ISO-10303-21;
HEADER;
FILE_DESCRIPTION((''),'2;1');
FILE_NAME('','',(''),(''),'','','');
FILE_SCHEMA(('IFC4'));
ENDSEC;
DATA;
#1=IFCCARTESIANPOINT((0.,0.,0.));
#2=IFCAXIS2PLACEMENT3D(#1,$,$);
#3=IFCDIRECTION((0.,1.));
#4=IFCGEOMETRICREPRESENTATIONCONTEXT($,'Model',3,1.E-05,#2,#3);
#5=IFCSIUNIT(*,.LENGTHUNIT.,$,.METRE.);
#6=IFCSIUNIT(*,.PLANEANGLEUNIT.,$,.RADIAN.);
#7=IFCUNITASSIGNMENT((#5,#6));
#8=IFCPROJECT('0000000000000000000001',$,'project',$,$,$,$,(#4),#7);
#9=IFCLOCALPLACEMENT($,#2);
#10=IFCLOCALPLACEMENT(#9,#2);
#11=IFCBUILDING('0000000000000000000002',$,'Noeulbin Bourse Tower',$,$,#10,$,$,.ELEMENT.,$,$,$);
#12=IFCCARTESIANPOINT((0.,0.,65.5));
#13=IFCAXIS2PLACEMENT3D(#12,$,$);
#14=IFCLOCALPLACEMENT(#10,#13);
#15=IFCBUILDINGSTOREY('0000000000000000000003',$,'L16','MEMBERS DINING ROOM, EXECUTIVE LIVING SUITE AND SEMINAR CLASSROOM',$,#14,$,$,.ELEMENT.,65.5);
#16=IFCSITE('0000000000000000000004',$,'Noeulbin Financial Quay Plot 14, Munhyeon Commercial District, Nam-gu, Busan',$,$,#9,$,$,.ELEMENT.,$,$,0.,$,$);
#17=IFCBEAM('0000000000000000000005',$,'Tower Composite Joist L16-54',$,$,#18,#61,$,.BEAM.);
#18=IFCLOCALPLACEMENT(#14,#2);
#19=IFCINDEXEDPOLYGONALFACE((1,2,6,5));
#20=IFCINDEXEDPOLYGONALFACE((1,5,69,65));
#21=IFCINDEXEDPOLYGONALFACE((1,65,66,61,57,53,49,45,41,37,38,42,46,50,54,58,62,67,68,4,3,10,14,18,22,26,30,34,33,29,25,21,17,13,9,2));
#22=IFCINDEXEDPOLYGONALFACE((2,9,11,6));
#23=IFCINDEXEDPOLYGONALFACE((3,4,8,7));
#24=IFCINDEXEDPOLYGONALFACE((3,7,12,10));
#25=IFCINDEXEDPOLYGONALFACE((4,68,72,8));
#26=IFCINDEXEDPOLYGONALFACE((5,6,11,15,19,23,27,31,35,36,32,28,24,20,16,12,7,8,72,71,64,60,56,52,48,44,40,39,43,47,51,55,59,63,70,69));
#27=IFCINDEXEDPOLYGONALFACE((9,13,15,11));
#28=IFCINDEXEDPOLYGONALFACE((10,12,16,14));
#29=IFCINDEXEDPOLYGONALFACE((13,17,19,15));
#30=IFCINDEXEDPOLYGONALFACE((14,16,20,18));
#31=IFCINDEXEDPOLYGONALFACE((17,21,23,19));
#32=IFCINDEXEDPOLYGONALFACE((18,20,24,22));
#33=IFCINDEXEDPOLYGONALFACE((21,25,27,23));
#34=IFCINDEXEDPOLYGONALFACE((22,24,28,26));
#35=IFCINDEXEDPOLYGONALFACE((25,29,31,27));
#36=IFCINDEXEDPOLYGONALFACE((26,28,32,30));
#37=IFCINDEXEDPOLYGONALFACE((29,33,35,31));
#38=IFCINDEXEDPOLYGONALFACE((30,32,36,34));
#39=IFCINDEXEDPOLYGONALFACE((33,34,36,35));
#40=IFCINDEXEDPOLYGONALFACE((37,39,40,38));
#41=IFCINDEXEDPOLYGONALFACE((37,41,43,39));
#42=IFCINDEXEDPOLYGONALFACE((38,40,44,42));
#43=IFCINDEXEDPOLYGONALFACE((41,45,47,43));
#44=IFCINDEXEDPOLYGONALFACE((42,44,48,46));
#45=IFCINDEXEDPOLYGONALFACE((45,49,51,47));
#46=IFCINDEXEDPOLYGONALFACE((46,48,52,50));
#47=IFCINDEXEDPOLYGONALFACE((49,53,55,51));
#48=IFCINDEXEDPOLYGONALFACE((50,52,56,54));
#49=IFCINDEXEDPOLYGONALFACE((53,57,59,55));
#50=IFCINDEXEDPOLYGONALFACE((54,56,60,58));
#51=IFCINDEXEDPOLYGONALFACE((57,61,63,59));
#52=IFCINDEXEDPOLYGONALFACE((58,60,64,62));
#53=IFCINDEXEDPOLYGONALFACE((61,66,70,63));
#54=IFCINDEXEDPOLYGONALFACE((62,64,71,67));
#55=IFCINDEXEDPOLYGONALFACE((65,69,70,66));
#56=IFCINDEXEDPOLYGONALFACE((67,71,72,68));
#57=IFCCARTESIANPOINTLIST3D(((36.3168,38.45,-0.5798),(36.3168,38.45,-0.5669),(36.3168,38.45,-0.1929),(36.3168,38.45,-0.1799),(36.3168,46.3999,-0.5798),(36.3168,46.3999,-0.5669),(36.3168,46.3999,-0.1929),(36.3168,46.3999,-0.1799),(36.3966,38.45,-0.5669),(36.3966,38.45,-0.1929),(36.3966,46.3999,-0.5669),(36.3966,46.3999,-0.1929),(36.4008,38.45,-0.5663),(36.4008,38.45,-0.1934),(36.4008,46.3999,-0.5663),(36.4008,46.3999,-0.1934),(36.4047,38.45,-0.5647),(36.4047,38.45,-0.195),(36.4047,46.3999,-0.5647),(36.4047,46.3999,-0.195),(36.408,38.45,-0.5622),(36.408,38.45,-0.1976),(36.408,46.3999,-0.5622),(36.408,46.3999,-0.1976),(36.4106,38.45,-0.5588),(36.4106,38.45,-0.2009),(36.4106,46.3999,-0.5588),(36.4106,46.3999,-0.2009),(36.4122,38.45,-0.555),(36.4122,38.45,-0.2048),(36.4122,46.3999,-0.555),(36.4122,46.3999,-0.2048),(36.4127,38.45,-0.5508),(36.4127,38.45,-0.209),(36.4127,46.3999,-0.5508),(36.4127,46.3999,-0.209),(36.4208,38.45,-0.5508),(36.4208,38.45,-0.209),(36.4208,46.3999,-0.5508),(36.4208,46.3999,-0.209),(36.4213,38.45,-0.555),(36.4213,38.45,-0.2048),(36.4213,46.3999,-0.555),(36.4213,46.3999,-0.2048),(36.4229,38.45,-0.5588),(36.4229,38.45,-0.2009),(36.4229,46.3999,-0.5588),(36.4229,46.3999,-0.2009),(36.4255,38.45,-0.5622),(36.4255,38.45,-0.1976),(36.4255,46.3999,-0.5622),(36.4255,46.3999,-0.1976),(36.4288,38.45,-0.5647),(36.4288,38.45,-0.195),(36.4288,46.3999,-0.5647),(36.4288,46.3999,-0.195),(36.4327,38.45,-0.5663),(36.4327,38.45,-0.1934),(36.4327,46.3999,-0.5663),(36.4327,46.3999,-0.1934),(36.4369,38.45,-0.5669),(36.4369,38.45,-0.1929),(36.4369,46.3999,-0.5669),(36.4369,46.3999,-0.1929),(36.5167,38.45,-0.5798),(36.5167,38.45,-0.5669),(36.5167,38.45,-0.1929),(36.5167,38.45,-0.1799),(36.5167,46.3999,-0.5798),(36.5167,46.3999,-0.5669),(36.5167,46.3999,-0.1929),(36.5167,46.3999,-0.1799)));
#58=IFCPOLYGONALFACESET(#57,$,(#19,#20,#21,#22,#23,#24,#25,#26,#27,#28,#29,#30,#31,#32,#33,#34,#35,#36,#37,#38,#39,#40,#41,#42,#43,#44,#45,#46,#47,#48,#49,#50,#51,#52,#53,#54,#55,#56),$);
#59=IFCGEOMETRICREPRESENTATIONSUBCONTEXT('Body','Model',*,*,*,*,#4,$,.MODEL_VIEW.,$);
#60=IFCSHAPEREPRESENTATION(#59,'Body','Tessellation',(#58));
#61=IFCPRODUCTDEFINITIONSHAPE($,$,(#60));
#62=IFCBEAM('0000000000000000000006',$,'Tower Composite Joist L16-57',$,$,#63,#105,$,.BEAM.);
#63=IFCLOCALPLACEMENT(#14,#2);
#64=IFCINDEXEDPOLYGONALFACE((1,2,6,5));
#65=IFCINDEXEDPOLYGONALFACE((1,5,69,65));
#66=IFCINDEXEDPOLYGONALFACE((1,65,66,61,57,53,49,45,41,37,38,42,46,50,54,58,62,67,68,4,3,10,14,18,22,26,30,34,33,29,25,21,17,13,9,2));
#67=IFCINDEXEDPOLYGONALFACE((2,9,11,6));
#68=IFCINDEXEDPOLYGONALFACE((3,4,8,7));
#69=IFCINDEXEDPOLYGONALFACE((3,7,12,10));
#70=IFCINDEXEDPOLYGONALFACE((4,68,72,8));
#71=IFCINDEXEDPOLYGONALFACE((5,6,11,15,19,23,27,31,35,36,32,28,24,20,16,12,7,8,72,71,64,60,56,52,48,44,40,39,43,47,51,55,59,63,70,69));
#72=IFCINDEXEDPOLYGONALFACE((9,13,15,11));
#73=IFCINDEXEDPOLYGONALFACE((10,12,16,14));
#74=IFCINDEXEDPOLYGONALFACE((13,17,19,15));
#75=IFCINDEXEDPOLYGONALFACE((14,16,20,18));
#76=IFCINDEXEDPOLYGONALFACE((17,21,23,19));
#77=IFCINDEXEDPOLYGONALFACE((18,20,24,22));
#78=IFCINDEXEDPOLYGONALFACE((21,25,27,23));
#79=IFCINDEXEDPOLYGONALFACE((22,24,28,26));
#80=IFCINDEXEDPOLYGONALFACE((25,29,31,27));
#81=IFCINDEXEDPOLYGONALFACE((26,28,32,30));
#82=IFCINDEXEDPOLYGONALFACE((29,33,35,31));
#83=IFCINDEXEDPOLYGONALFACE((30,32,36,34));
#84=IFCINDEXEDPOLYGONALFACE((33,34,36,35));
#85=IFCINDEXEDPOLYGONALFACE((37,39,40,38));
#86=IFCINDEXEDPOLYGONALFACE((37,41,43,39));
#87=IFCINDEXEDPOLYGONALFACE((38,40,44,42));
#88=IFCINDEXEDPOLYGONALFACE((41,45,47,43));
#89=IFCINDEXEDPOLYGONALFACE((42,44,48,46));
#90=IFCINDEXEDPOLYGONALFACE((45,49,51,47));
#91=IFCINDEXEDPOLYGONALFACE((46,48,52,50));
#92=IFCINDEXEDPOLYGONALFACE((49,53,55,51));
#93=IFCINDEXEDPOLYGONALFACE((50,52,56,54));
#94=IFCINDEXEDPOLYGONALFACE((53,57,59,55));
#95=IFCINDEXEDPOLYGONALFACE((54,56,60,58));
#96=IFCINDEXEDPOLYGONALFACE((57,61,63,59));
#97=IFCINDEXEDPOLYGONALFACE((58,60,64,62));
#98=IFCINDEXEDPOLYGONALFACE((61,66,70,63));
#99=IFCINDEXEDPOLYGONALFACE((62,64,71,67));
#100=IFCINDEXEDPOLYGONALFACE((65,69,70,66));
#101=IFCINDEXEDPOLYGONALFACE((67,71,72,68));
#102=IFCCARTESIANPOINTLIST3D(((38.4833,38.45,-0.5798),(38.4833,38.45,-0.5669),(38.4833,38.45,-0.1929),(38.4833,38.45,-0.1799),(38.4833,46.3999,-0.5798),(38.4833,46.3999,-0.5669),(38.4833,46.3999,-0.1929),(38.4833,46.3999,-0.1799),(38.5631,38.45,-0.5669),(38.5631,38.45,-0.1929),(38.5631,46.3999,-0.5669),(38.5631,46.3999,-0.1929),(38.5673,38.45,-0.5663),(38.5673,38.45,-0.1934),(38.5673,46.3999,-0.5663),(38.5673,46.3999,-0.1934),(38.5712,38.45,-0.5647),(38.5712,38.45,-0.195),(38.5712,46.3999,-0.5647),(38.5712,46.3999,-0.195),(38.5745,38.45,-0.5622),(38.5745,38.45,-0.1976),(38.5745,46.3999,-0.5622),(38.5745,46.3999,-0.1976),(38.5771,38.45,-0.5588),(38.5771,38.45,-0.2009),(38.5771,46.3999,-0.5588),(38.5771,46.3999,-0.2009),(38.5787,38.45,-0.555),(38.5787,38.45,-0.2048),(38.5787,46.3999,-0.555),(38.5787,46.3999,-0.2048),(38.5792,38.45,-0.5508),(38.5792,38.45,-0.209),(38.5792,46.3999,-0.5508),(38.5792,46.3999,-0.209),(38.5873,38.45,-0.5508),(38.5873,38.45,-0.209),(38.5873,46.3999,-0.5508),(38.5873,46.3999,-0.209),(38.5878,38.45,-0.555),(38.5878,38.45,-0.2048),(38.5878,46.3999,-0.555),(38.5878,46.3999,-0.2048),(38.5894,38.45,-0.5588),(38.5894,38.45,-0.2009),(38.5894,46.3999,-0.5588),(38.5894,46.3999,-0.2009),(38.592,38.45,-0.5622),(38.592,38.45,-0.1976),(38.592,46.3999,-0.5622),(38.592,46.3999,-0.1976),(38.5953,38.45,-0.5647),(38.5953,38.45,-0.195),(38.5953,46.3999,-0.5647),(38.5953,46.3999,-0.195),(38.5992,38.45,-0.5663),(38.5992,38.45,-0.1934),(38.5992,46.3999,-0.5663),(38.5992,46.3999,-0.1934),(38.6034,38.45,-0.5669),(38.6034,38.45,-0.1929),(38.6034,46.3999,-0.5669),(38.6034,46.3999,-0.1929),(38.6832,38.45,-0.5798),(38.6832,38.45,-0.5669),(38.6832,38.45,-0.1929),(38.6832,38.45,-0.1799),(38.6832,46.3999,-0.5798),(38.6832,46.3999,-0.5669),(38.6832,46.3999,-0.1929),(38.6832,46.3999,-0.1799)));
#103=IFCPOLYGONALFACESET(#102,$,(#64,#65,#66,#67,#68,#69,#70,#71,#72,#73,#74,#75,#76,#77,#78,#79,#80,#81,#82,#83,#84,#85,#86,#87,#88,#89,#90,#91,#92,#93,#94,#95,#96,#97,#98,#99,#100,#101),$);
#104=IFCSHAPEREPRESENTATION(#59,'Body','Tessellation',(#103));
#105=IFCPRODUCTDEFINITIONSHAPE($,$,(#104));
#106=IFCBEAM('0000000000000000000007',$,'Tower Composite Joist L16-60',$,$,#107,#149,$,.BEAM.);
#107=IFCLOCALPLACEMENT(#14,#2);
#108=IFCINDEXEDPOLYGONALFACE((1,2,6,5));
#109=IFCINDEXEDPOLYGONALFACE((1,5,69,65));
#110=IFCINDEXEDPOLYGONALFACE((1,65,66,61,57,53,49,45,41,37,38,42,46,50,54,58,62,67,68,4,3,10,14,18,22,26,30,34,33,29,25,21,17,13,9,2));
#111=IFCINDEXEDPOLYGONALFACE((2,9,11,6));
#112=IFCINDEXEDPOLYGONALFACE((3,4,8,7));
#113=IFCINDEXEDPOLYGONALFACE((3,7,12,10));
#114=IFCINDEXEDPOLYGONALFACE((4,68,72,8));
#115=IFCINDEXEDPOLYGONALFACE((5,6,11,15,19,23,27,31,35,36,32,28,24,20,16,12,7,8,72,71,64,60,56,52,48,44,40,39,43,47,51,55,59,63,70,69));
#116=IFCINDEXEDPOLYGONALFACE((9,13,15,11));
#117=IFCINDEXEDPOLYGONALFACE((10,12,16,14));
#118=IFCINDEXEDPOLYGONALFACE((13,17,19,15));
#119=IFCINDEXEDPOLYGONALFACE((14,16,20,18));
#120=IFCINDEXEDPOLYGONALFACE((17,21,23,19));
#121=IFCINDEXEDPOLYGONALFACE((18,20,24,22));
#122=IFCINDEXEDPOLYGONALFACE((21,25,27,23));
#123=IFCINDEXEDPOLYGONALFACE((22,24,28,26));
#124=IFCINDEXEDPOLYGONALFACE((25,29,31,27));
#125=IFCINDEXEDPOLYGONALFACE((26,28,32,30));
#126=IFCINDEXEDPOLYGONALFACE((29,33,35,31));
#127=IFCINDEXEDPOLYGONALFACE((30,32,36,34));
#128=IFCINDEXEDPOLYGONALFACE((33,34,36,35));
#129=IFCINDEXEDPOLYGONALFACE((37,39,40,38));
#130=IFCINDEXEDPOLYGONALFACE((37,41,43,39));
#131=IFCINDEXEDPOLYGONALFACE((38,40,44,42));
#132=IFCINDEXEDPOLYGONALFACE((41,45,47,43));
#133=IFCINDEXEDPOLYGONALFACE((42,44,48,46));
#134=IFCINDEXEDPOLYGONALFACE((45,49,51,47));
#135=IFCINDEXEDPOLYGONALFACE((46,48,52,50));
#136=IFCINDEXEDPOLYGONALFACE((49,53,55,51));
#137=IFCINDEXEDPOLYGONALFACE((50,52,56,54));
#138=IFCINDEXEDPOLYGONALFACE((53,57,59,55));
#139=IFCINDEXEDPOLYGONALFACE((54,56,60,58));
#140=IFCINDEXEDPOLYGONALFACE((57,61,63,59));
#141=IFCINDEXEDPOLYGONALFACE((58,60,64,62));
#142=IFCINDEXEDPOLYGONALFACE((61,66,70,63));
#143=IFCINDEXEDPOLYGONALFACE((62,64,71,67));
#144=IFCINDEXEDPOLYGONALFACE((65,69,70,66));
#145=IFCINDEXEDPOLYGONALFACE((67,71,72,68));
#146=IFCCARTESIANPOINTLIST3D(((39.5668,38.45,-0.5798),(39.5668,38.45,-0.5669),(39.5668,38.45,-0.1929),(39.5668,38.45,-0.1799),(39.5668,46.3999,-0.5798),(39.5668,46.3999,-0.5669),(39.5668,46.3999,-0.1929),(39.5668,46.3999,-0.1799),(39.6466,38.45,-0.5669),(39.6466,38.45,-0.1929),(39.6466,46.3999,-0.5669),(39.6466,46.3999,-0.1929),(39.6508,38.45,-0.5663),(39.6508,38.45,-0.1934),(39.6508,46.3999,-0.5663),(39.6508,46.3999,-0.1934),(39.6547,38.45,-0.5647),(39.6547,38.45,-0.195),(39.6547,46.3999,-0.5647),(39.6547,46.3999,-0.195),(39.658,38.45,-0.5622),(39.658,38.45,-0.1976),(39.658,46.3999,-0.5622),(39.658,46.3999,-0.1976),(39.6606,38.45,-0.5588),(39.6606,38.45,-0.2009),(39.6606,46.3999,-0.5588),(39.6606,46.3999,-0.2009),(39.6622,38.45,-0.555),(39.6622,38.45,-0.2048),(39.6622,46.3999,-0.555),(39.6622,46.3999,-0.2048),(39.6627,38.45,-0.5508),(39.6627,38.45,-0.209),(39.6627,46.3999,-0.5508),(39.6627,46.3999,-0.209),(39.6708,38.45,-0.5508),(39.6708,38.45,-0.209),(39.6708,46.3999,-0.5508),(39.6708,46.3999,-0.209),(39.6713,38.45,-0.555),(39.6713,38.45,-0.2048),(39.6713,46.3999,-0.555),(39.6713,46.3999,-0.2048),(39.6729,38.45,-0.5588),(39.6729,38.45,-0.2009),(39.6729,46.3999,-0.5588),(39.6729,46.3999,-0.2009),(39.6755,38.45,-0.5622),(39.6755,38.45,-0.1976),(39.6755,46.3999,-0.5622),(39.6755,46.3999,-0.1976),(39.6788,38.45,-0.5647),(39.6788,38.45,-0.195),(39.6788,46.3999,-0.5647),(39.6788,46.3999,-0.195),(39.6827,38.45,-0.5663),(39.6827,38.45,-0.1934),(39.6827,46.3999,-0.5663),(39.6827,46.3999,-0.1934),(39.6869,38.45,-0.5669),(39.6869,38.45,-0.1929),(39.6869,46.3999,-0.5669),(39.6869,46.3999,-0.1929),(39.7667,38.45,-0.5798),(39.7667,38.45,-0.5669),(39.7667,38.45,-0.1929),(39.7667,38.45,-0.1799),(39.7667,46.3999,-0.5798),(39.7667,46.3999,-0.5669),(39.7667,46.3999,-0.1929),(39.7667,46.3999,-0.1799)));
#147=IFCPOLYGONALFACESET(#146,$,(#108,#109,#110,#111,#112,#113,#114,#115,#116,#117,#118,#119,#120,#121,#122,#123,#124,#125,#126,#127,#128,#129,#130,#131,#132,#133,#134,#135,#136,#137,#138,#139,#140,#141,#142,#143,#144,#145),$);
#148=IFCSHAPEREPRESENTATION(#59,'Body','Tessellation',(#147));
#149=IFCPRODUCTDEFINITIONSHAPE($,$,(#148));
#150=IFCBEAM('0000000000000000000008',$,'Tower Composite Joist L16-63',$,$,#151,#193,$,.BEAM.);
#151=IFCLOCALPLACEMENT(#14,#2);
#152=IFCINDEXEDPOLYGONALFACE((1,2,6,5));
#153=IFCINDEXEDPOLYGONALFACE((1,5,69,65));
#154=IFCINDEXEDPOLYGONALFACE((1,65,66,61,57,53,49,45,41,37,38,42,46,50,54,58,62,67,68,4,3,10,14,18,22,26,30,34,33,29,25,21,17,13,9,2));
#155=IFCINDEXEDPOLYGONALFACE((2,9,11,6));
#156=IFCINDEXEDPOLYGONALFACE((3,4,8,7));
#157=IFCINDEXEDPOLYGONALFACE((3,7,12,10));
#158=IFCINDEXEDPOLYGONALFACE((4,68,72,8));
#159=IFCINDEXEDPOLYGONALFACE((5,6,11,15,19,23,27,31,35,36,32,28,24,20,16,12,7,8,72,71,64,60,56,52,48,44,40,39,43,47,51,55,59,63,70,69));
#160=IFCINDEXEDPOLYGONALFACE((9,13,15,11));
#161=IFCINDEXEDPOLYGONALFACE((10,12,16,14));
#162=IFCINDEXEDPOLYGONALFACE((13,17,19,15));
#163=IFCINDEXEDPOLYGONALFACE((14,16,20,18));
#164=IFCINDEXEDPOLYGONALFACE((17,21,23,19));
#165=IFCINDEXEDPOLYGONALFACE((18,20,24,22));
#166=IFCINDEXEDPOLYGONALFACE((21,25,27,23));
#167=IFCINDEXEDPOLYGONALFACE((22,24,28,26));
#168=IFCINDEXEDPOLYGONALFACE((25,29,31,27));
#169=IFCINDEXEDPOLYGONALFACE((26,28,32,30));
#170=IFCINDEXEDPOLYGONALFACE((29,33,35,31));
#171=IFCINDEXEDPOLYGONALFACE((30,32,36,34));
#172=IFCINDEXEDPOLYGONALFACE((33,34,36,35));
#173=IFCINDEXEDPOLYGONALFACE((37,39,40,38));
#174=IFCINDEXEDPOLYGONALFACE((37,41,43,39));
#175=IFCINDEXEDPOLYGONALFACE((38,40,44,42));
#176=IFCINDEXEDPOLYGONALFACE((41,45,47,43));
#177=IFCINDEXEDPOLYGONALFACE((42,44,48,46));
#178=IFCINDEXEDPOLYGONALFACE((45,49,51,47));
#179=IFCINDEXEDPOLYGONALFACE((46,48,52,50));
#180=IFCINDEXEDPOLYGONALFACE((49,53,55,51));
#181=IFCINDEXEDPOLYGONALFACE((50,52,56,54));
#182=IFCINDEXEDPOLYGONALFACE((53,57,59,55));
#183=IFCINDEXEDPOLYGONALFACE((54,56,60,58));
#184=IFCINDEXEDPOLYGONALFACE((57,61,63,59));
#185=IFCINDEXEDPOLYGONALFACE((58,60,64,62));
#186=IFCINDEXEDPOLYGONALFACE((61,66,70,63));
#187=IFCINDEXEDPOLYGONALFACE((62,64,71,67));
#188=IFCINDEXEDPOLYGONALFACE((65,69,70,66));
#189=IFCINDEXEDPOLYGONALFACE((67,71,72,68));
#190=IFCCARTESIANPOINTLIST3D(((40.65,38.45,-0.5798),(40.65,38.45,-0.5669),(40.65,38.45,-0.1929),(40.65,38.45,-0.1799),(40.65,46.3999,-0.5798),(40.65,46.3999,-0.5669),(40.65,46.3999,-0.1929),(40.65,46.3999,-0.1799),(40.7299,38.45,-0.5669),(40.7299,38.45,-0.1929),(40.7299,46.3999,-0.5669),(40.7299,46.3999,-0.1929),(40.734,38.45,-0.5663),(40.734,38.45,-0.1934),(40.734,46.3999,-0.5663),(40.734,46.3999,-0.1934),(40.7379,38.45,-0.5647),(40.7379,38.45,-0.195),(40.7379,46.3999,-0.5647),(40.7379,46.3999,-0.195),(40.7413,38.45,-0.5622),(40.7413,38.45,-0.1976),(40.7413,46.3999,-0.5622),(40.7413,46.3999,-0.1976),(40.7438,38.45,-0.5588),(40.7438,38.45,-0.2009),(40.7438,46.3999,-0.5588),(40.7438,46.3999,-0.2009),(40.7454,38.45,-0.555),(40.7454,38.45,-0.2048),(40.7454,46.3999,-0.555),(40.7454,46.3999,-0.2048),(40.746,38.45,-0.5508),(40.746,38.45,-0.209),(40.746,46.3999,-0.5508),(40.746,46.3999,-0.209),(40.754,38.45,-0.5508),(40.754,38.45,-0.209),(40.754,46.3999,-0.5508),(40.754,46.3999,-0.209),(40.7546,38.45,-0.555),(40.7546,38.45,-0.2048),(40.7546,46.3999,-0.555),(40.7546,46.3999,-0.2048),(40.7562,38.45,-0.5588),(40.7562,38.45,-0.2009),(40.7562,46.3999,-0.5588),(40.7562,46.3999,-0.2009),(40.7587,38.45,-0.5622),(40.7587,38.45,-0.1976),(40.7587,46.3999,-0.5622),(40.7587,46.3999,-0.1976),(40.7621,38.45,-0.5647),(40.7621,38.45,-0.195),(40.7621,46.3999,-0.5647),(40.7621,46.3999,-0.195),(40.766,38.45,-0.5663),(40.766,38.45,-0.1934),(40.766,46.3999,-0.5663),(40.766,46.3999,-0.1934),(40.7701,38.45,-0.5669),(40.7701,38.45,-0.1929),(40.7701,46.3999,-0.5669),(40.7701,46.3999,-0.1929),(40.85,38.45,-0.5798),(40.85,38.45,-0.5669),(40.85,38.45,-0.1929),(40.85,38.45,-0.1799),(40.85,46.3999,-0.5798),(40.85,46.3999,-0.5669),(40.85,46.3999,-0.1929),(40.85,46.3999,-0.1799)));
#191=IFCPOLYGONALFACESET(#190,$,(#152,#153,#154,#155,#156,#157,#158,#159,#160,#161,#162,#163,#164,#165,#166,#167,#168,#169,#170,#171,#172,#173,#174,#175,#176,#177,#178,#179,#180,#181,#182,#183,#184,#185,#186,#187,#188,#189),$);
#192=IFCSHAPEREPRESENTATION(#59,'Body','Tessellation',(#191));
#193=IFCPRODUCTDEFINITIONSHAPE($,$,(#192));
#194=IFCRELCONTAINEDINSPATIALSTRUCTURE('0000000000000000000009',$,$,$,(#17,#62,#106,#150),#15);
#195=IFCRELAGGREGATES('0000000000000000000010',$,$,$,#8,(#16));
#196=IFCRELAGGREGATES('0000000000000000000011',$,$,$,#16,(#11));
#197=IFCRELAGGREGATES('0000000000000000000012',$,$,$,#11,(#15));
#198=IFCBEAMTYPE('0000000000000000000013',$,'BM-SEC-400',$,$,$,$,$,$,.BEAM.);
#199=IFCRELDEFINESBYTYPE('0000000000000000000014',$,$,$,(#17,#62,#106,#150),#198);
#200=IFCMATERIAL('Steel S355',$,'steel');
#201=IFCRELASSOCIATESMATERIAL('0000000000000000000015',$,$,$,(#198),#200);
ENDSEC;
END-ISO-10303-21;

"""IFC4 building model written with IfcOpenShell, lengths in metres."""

from ifc_helpers import new_model, si_unit, direction, frame, origin, origin_2d, place, context, subcontext, project, spatial, i_section, extrude, material, material_profile, profile_set, type_object, element, save


model = new_model("IFC4")

# Units and contexts
model_context = context("Model", 3, precision=1e-05, world=origin(), true_north=direction((0.0, 1.0)))
body_context = subcontext(model_context, "Body", "Model", "MODEL_VIEW")
ifc_project = project(units=[si_unit("LENGTHUNIT", "METRE"), si_unit("PLANEANGLEUNIT", "RADIAN")], contexts=[model_context])

# Site, building, storey
site_placement = place(None, origin())
site = spatial("IfcSite", under=ifc_project, at=site_placement, Name="Noeulbin Financial Quay Plot 14, Munhyeon Commercial District, Nam-gu, Busan", CompositionType="ELEMENT", RefElevation=0.0)
building_placement = place(site_placement, origin())
building = spatial("IfcBuilding", under=site, at=building_placement, Name="Noeulbin Bourse Tower", CompositionType="ELEMENT")
storey_placement = place(building_placement, frame((0.0, 0.0, 65.5)))
storey = spatial("IfcBuildingStorey", under=building, at=storey_placement, Name="L16", Description="MEMBERS DINING ROOM, EXECUTIVE LIVING SUITE AND SEMINAR CLASSROOM", CompositionType="ELEMENT", Elevation=65.5)

# Beams
ifc_material_1 = material(Name="Steel S355", Category="steel")
ifc_material_profile_1 = material_profile(ifc_material_1, i_section(OverallWidth=0.2, OverallDepth=0.3999, WebThickness=0.0081, FlangeThickness=0.0129, FilletRadius=0.0161, at=origin_2d()), Name="H-400x200x8x13", Category="LoadBearing")
ifc_profile_set_1 = profile_set([ifc_material_profile_1], Name="Steel S355")
beam_type_1 = type_object("IfcBeamType", Name="BM-SEC-400", PredefinedType="BEAM", material=ifc_profile_set_1)
for number, where, z_axis, x_axis, name in (
    (1, (36.4167, 38.45, -0.3799), (0.0, 1.0, 0.0), (-1.0, 0.0, 0.0), "Tower Composite Joist L16-54"),
    (2, (38.5833, 38.45, -0.3799), (0.0, 1.0, 0.0), (-1.0, 0.0, 0.0), "Tower Composite Joist L16-57"),
    (3, (39.6667, 38.45, -0.3799), (0.0, 1.0, 0.0), (-1.0, 0.0, 0.0), "Tower Composite Joist L16-60"),
    (4, (40.75, 38.45, -0.3799), (0.0, 1.0, 0.0), (-1.0, 0.0, 0.0), "Tower Composite Joist L16-63"),
):
    element("IfcBeam", number, at=place(storey_placement, frame(where, z_axis=z_axis, x_axis=x_axis)), inside=storey, type_object=beam_type_1, Name=name, PredefinedType="BEAM", context=body_context, shape_type="SweptSolid", body=[
        extrude(i_section(OverallWidth=0.2, OverallDepth=0.3999, WebThickness=0.0081, FlangeThickness=0.0129, FilletRadius=0.0161, at=origin_2d()), origin(), (0.0, 0.0, 1.0), 7.95),
    ])

save(model, "model.ifc")
